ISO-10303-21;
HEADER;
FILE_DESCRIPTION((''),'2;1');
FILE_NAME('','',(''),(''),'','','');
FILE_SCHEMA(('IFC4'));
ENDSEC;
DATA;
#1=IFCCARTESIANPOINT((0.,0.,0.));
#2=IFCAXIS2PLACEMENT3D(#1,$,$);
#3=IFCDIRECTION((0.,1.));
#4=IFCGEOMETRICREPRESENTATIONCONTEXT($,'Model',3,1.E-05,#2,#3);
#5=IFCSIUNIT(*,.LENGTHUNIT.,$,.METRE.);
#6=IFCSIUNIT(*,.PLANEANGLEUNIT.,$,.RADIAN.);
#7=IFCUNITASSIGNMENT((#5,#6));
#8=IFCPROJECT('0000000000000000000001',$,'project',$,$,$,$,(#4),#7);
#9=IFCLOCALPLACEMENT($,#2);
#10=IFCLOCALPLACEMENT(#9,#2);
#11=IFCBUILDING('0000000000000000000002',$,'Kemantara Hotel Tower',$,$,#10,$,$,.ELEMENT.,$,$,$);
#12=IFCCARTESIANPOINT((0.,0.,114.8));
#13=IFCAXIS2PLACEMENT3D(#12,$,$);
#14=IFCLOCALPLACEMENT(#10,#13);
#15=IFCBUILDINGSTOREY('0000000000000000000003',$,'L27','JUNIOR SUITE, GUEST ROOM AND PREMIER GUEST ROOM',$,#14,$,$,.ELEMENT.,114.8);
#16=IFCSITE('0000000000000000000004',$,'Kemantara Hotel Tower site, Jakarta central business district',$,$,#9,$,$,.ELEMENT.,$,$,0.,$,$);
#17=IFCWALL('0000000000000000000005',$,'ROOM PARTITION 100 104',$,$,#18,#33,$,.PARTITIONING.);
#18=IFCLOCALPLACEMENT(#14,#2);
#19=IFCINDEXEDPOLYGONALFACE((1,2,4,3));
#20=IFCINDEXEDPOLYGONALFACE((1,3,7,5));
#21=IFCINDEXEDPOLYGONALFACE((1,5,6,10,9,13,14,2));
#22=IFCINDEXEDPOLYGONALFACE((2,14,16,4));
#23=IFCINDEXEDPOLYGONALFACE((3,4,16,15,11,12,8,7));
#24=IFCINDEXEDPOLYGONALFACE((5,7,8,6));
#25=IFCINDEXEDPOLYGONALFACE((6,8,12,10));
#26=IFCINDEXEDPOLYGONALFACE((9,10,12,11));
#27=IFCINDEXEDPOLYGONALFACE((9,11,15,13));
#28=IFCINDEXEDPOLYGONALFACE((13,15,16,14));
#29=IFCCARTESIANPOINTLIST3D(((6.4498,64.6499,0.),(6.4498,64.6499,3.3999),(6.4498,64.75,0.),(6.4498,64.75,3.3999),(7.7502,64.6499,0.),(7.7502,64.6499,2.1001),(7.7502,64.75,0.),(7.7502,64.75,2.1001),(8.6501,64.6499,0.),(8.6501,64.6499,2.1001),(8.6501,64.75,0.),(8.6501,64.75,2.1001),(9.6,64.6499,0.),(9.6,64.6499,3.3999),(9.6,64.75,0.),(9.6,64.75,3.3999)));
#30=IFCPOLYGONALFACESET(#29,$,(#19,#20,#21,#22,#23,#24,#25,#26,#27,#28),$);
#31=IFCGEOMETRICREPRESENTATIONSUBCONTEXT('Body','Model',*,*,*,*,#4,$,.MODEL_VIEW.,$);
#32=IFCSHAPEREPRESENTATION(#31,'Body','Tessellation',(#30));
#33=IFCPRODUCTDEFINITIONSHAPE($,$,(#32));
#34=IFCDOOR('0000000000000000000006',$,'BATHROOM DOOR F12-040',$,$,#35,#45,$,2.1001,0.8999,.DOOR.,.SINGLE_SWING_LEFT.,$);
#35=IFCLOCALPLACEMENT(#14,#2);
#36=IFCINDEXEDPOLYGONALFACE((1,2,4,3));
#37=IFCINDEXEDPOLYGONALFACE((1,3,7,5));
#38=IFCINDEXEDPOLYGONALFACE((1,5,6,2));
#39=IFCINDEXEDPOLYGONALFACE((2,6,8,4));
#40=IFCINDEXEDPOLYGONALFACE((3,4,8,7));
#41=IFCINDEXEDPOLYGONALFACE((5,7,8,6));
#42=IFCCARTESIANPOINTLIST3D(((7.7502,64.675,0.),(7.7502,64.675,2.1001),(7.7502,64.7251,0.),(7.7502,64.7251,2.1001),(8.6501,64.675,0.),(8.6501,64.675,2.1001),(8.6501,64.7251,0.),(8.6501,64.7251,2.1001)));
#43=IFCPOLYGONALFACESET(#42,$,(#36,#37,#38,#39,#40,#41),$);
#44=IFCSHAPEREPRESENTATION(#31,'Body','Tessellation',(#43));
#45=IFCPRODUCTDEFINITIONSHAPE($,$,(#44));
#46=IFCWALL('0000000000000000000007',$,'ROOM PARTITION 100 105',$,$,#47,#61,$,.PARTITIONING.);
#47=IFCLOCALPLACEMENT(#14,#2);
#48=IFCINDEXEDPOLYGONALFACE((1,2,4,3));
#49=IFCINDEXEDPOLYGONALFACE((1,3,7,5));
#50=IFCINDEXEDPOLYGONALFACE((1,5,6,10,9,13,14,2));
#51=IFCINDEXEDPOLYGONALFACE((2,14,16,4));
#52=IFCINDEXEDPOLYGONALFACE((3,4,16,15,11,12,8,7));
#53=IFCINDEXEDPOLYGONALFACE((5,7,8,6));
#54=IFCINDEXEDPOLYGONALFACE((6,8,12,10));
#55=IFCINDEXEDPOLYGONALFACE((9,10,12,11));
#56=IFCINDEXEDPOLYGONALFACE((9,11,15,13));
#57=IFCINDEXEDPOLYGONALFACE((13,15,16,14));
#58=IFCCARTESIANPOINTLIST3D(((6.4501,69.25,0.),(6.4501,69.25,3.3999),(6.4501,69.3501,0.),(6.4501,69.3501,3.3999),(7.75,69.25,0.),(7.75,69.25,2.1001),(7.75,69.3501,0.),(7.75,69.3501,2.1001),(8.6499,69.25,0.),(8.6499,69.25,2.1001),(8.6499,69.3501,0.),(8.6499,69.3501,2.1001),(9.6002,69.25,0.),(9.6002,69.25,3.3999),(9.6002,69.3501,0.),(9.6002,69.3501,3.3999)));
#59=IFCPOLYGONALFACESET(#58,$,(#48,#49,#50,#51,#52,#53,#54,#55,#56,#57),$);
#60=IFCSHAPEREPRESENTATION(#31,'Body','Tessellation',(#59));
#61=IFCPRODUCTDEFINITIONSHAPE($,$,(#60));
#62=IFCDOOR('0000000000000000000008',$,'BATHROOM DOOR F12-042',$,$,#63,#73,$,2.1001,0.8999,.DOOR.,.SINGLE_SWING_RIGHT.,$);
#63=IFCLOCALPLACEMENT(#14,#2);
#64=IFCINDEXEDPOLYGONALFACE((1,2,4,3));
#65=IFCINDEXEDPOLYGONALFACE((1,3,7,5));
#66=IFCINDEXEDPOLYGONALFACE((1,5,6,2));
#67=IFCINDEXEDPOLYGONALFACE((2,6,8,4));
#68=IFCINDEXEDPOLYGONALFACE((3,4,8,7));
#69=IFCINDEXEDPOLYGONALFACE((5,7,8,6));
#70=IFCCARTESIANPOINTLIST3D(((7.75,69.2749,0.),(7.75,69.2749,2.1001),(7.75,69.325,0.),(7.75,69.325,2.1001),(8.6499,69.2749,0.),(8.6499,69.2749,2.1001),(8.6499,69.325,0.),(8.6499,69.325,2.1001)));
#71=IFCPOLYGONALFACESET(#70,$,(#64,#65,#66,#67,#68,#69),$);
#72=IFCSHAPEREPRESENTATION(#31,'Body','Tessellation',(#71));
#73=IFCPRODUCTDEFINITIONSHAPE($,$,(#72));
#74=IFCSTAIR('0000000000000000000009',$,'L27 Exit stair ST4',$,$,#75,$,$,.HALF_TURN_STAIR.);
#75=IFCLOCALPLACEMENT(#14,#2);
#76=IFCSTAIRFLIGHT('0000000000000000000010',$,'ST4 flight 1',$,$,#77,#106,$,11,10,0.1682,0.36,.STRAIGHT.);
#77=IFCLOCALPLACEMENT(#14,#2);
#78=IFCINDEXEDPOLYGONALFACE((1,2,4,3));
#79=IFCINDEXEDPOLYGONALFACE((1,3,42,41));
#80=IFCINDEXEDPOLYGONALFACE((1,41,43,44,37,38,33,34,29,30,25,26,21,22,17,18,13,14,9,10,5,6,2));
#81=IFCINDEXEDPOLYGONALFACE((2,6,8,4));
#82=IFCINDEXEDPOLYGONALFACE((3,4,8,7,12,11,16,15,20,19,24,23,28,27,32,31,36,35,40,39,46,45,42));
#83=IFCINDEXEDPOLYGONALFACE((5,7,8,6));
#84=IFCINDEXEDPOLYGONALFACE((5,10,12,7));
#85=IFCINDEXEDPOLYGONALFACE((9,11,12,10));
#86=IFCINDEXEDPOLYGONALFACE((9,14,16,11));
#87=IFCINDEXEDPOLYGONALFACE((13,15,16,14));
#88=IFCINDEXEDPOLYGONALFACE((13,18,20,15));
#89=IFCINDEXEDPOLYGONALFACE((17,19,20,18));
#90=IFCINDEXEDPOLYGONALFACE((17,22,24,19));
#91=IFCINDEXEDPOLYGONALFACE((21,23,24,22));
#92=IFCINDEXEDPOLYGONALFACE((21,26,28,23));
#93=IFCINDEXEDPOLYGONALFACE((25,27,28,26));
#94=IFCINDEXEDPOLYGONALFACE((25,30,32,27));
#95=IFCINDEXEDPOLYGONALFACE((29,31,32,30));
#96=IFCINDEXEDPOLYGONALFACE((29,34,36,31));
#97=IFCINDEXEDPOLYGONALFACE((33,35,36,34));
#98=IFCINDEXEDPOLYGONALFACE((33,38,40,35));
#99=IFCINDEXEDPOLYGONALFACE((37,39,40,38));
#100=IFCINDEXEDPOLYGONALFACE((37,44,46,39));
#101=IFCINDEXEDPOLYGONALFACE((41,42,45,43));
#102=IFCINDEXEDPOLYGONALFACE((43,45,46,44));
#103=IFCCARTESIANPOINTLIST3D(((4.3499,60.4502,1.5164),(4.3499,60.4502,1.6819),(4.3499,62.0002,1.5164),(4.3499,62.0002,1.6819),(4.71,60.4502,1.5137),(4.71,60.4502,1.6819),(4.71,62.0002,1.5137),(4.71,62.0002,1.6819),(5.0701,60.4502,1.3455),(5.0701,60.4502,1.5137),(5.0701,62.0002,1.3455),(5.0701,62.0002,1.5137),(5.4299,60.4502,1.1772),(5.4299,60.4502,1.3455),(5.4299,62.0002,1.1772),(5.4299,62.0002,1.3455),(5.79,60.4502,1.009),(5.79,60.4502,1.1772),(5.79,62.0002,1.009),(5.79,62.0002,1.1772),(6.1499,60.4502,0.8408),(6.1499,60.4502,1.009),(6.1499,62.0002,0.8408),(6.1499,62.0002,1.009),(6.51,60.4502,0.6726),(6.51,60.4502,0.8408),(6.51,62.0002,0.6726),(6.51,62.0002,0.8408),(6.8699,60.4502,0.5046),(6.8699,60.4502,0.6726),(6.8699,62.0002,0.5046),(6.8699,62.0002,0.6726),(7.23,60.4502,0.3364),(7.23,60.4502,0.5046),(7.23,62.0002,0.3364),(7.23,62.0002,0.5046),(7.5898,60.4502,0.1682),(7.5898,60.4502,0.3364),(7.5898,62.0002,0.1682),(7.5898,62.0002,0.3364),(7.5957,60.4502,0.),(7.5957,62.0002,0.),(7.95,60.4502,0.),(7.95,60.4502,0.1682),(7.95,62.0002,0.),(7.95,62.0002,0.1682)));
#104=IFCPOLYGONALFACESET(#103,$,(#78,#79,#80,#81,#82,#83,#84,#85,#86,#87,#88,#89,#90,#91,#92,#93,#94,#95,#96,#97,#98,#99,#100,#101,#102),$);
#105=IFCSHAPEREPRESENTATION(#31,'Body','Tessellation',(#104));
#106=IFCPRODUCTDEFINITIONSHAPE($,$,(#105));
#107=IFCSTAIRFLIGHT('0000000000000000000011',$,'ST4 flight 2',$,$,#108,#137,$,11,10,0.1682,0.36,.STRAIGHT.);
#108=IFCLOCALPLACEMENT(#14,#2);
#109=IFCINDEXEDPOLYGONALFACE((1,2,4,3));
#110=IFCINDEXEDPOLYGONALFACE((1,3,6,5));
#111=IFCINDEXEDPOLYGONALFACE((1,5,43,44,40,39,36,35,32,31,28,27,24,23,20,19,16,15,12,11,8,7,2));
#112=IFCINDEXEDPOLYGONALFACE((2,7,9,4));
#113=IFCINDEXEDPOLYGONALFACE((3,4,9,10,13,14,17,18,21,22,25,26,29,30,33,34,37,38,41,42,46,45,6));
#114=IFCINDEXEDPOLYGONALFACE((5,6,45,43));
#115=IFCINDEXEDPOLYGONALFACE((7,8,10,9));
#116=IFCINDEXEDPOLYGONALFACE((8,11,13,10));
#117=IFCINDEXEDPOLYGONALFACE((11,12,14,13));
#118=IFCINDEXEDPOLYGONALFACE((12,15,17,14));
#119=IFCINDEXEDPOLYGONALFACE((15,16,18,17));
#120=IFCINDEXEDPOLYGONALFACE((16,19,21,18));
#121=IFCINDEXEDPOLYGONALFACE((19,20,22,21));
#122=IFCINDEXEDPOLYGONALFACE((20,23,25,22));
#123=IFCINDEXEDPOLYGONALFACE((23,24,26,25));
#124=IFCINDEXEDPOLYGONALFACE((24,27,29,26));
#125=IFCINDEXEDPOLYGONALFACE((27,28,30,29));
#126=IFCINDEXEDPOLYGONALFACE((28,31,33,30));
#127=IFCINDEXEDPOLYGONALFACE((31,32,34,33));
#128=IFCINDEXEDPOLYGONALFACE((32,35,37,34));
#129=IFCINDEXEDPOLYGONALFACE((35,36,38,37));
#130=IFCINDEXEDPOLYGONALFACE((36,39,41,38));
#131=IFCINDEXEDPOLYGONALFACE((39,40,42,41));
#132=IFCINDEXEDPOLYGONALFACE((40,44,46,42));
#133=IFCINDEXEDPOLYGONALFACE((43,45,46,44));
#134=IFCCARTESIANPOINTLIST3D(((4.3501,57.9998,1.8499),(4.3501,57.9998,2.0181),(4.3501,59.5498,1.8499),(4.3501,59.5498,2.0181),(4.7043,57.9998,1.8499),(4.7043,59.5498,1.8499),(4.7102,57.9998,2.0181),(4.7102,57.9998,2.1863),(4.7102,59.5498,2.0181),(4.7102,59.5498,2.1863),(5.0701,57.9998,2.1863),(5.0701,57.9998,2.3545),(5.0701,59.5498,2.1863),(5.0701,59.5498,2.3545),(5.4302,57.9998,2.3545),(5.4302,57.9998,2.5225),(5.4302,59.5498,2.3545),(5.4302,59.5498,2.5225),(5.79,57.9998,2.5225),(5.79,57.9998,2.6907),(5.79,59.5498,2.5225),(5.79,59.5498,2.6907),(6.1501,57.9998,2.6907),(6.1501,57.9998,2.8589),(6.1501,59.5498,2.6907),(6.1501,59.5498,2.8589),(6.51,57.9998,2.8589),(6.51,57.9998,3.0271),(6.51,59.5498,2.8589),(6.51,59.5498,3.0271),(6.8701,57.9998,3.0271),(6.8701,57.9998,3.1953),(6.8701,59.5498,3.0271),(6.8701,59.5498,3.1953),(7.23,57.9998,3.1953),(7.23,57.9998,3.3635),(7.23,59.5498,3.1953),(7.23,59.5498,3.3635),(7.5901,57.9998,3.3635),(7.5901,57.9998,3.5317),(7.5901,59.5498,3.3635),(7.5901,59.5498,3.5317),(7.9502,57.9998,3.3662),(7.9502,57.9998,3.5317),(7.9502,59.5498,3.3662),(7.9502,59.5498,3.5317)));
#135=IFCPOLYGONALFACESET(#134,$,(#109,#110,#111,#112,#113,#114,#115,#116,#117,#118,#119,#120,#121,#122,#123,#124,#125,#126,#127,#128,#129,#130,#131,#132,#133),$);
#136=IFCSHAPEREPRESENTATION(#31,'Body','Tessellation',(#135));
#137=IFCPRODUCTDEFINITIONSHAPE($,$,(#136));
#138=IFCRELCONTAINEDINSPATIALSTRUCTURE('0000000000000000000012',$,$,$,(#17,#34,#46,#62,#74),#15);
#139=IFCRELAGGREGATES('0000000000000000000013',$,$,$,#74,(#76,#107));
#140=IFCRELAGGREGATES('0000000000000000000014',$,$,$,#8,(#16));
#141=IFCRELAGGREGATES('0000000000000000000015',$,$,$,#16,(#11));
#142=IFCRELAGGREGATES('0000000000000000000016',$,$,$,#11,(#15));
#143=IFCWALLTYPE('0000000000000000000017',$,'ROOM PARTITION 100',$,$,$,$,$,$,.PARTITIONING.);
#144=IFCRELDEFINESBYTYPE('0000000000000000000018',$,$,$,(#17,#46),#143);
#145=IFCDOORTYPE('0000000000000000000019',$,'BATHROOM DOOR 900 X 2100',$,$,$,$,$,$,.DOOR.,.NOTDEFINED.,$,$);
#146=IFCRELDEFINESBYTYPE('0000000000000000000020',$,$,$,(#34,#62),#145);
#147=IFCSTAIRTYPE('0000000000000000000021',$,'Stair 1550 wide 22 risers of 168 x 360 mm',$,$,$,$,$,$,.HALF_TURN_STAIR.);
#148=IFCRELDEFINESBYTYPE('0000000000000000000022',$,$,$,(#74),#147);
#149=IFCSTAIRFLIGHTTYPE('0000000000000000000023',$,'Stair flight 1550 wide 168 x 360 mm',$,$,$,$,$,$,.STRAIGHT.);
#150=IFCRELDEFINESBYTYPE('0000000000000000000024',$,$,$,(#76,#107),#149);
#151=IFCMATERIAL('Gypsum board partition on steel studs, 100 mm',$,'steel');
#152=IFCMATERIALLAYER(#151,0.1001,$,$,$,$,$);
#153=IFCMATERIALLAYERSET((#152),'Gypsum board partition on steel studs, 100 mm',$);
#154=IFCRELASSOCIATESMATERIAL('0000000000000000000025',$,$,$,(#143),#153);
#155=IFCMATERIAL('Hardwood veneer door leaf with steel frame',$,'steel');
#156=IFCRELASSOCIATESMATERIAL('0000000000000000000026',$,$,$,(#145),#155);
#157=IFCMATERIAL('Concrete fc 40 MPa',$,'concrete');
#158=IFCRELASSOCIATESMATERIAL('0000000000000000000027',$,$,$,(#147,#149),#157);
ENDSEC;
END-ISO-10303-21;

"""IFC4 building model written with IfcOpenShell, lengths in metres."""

from ifc_helpers import new_model, si_unit, direction, frame, frame_2d, origin, place, context, subcontext, project, spatial, polyline, rectangle, outline, extrude, material, layer, layer_set, type_object, element, fill, aggregate, save


model = new_model("IFC4")

# Units and contexts
model_context = context("Model", 3, precision=1e-05, world=origin(), true_north=direction((0.0, 1.0)))
body_context = subcontext(model_context, "Body", "Model", "MODEL_VIEW")
ifc_project = project(units=[si_unit("LENGTHUNIT", "METRE"), si_unit("PLANEANGLEUNIT", "RADIAN")], contexts=[model_context])

# Site, building, storey
site_placement = place(None, origin())
site = spatial("IfcSite", under=ifc_project, at=site_placement, Name="Kemantara Hotel Tower site, Jakarta central business district", CompositionType="ELEMENT", RefElevation=0.0)
building_placement = place(site_placement, origin())
building = spatial("IfcBuilding", under=site, at=building_placement, Name="Kemantara Hotel Tower", CompositionType="ELEMENT")
storey_placement = place(building_placement, frame((0.0, 0.0, 114.8)))
storey = spatial("IfcBuildingStorey", under=building, at=storey_placement, Name="L27", Description="JUNIOR SUITE, GUEST ROOM AND PREMIER GUEST ROOM", CompositionType="ELEMENT", Elevation=114.8)

# Shared definitions
ifc_material_1 = material(Name="Hardwood veneer door leaf with steel frame", Category="steel")

# Shared definitions
ifc_material_2 = material(Name="Concrete fc 40 MPa", Category="concrete")

# Shared definitions
ifc_material_3 = material(Name="Gypsum board partition on steel studs, 100 mm", Category="steel")
ifc_layer_1 = layer(ifc_material_3, 0.1001)
ifc_layer_set_1 = layer_set([ifc_layer_1], Name="Gypsum board partition on steel studs, 100 mm")
wall_type_1 = type_object("IfcWallType", Name="ROOM PARTITION 100", PredefinedType="PARTITIONING", material=ifc_layer_set_1)

# Walls, openings, doors
wall_1_placement = place(storey_placement, frame((9.6001, 64.7, 0.0), z_axis=(0.0, 0.0, 1.0), x_axis=(-1.0, 0.0, 0.0)))
wall_1 = element("IfcWall", 1, at=wall_1_placement, inside=storey, type_object=wall_type_1, Name="ROOM PARTITION 100 104", PredefinedType="PARTITIONING", context=body_context, shape_type="SweptSolid", body=[
    extrude(rectangle(XDim=3.1501, YDim=0.1001, at=frame_2d((1.5752, 0.0))), origin(), (0.0, 0.0, 1.0), 3.3999),
])
opening_1_placement = place(wall_1_placement, frame((0.95, 0.0, 0.0)))
opening_1 = element("IfcOpeningElement", 2, at=opening_1_placement, cuts=wall_1, PredefinedType="OPENING", context=body_context, shape_type="SweptSolid", body=[
    extrude(rectangle(XDim=0.8999, YDim=2.1001, at=frame_2d((0.45, 1.05))), frame((0.0, 0.0601, 0.0), z_axis=(0.0, -1.0, 0.0), x_axis=(1.0, 0.0, 0.0)), (0.0, 0.0, 1.0), 0.1201),
])
door_type_1 = type_object("IfcDoorType", Name="BATHROOM DOOR 900 X 2100", OperationType="NOTDEFINED", PredefinedType="DOOR", material=ifc_material_1)
door_1_placement = place(opening_1_placement, origin())
door_1 = element("IfcDoor", 3, at=door_1_placement, inside=storey, type_object=door_type_1, Name="BATHROOM DOOR F12-040", OperationType="SINGLE_SWING_LEFT", OverallHeight=2.1001, OverallWidth=0.8999, PredefinedType="DOOR", context=body_context, shape_type="SweptSolid", body=[
    extrude(rectangle(XDim=0.8999, YDim=2.1001, at=frame_2d((0.45, 1.05))), frame((0.0, 0.0249, 0.0), z_axis=(0.0, -1.0, 0.0), x_axis=(1.0, 0.0, 0.0)), (0.0, 0.0, 1.0), 0.05),
])
fill(opening_1, door_1)
wall_2_placement = place(storey_placement, frame((6.45, 69.3, 0.0), z_axis=(0.0, 0.0, 1.0), x_axis=(1.0, 0.0, 0.0)))
wall_2 = element("IfcWall", 4, at=wall_2_placement, inside=storey, type_object=wall_type_1, Name="ROOM PARTITION 100 105", PredefinedType="PARTITIONING", context=body_context, shape_type="SweptSolid", body=[
    extrude(rectangle(XDim=3.1501, YDim=0.1001, at=frame_2d((1.5752, 0.0))), origin(), (0.0, 0.0, 1.0), 3.3999),
])
opening_2_placement = place(wall_2_placement, frame((1.3, 0.0, 0.0)))
opening_2 = element("IfcOpeningElement", 5, at=opening_2_placement, cuts=wall_2, PredefinedType="OPENING", context=body_context, shape_type="SweptSolid", body=[
    extrude(rectangle(XDim=0.8999, YDim=2.1001, at=frame_2d((0.45, 1.05))), frame((0.0, 0.0601, 0.0), z_axis=(0.0, -1.0, 0.0), x_axis=(1.0, 0.0, 0.0)), (0.0, 0.0, 1.0), 0.1201),
])
door_2_placement = place(opening_2_placement, origin())
door_2 = element("IfcDoor", 6, at=door_2_placement, inside=storey, type_object=door_type_1, Name="BATHROOM DOOR F12-042", OperationType="SINGLE_SWING_RIGHT", OverallHeight=2.1001, OverallWidth=0.8999, PredefinedType="DOOR", context=body_context, shape_type="SweptSolid", body=[
    extrude(rectangle(XDim=0.8999, YDim=2.1001, at=frame_2d((0.45, 1.05))), frame((0.0, 0.0249, 0.0), z_axis=(0.0, -1.0, 0.0), x_axis=(1.0, 0.0, 0.0)), (0.0, 0.0, 1.0), 0.05),
])
fill(opening_2, door_2)

# Stair, stair flights
stair_type = type_object("IfcStairType", Name="Stair 1550 wide 22 risers of 168 x 360 mm", PredefinedType="HALF_TURN_STAIR", material=ifc_material_2)
stair_placement = place(storey_placement, origin())
stair = element("IfcStair", 7, at=stair_placement, inside=storey, type_object=stair_type, Name="L27 Exit stair ST4", PredefinedType="HALF_TURN_STAIR")
stair_flight_type = type_object("IfcStairFlightType", Name="Stair flight 1550 wide 168 x 360 mm", PredefinedType="STRAIGHT", material=ifc_material_2)
stair_flight_1_placement = place(storey_placement, frame((7.95, 61.2251, 0.0), z_axis=(0.0, 0.0, 1.0), x_axis=(-1.0, 0.0, 0.0)))
stair_flight_1 = element("IfcStairFlight", 8, at=stair_flight_1_placement, type_object=stair_flight_type, Name="ST4 flight 1", NumberOfRisers=11, NumberOfTreads=10, PredefinedType="STRAIGHT", RiserHeight=0.1682, TreadLength=0.36, context=body_context, shape_type="SweptSolid", body=[
    extrude(outline(polyline([(0.0, 0.0), (0.0, 0.1682), (0.3601, 0.1682), (0.3601, 0.3364), (0.72, 0.3364), (0.72, 0.5046), (1.0801, 0.5046), (1.0801, 0.6726), (1.4399, 0.6726), (1.4399, 0.8408), (1.8, 0.8408), (1.8, 1.009), (2.1599, 1.009), (2.1599, 1.1772), (2.52, 1.1772), (2.52, 1.3455), (2.8799, 1.3455), (2.8799, 1.5137), (3.24, 1.5137), (3.24, 1.6819), (3.6001, 1.6819), (3.6001, 1.8501), (3.6001, 1.5164), (0.3542, 0.0), (0.0, 0.0)])), frame((0.0, 0.7749, 0.0), z_axis=(0.0, -1.0, 0.0), x_axis=(1.0, 0.0, 0.0)), (0.0, 0.0, 1.0), 1.55),
])
stair_flight_2_placement = place(storey_placement, frame((4.3501, 58.7749, 1.8499), z_axis=(0.0, 0.0, 1.0), x_axis=(1.0, 0.0, 0.0)))
stair_flight_2 = element("IfcStairFlight", 9, at=stair_flight_2_placement, type_object=stair_flight_type, Name="ST4 flight 2", NumberOfRisers=11, NumberOfTreads=10, PredefinedType="STRAIGHT", RiserHeight=0.1682, TreadLength=0.36, context=body_context, shape_type="SweptSolid", body=[
    extrude(outline(polyline([(0.0, 0.0), (0.0, 0.1682), (0.3601, 0.1682), (0.3601, 0.3364), (0.72, 0.3364), (0.72, 0.5046), (1.0801, 0.5046), (1.0801, 0.6726), (1.4399, 0.6726), (1.4399, 0.8408), (1.8, 0.8408), (1.8, 1.009), (2.1599, 1.009), (2.1599, 1.1772), (2.52, 1.1772), (2.52, 1.3455), (2.8799, 1.3455), (2.8799, 1.5137), (3.24, 1.5137), (3.24, 1.6819), (3.6001, 1.6819), (3.6001, 1.8501), (3.6001, 1.5164), (0.3542, 0.0), (0.0, 0.0)])), frame((0.0, 0.7749, 0.0), z_axis=(0.0, -1.0, 0.0), x_axis=(1.0, 0.0, 0.0)), (0.0, 0.0, 1.0), 1.55),
])
aggregate(stair, [stair_flight_1, stair_flight_2])

save(model, "model.ifc")
